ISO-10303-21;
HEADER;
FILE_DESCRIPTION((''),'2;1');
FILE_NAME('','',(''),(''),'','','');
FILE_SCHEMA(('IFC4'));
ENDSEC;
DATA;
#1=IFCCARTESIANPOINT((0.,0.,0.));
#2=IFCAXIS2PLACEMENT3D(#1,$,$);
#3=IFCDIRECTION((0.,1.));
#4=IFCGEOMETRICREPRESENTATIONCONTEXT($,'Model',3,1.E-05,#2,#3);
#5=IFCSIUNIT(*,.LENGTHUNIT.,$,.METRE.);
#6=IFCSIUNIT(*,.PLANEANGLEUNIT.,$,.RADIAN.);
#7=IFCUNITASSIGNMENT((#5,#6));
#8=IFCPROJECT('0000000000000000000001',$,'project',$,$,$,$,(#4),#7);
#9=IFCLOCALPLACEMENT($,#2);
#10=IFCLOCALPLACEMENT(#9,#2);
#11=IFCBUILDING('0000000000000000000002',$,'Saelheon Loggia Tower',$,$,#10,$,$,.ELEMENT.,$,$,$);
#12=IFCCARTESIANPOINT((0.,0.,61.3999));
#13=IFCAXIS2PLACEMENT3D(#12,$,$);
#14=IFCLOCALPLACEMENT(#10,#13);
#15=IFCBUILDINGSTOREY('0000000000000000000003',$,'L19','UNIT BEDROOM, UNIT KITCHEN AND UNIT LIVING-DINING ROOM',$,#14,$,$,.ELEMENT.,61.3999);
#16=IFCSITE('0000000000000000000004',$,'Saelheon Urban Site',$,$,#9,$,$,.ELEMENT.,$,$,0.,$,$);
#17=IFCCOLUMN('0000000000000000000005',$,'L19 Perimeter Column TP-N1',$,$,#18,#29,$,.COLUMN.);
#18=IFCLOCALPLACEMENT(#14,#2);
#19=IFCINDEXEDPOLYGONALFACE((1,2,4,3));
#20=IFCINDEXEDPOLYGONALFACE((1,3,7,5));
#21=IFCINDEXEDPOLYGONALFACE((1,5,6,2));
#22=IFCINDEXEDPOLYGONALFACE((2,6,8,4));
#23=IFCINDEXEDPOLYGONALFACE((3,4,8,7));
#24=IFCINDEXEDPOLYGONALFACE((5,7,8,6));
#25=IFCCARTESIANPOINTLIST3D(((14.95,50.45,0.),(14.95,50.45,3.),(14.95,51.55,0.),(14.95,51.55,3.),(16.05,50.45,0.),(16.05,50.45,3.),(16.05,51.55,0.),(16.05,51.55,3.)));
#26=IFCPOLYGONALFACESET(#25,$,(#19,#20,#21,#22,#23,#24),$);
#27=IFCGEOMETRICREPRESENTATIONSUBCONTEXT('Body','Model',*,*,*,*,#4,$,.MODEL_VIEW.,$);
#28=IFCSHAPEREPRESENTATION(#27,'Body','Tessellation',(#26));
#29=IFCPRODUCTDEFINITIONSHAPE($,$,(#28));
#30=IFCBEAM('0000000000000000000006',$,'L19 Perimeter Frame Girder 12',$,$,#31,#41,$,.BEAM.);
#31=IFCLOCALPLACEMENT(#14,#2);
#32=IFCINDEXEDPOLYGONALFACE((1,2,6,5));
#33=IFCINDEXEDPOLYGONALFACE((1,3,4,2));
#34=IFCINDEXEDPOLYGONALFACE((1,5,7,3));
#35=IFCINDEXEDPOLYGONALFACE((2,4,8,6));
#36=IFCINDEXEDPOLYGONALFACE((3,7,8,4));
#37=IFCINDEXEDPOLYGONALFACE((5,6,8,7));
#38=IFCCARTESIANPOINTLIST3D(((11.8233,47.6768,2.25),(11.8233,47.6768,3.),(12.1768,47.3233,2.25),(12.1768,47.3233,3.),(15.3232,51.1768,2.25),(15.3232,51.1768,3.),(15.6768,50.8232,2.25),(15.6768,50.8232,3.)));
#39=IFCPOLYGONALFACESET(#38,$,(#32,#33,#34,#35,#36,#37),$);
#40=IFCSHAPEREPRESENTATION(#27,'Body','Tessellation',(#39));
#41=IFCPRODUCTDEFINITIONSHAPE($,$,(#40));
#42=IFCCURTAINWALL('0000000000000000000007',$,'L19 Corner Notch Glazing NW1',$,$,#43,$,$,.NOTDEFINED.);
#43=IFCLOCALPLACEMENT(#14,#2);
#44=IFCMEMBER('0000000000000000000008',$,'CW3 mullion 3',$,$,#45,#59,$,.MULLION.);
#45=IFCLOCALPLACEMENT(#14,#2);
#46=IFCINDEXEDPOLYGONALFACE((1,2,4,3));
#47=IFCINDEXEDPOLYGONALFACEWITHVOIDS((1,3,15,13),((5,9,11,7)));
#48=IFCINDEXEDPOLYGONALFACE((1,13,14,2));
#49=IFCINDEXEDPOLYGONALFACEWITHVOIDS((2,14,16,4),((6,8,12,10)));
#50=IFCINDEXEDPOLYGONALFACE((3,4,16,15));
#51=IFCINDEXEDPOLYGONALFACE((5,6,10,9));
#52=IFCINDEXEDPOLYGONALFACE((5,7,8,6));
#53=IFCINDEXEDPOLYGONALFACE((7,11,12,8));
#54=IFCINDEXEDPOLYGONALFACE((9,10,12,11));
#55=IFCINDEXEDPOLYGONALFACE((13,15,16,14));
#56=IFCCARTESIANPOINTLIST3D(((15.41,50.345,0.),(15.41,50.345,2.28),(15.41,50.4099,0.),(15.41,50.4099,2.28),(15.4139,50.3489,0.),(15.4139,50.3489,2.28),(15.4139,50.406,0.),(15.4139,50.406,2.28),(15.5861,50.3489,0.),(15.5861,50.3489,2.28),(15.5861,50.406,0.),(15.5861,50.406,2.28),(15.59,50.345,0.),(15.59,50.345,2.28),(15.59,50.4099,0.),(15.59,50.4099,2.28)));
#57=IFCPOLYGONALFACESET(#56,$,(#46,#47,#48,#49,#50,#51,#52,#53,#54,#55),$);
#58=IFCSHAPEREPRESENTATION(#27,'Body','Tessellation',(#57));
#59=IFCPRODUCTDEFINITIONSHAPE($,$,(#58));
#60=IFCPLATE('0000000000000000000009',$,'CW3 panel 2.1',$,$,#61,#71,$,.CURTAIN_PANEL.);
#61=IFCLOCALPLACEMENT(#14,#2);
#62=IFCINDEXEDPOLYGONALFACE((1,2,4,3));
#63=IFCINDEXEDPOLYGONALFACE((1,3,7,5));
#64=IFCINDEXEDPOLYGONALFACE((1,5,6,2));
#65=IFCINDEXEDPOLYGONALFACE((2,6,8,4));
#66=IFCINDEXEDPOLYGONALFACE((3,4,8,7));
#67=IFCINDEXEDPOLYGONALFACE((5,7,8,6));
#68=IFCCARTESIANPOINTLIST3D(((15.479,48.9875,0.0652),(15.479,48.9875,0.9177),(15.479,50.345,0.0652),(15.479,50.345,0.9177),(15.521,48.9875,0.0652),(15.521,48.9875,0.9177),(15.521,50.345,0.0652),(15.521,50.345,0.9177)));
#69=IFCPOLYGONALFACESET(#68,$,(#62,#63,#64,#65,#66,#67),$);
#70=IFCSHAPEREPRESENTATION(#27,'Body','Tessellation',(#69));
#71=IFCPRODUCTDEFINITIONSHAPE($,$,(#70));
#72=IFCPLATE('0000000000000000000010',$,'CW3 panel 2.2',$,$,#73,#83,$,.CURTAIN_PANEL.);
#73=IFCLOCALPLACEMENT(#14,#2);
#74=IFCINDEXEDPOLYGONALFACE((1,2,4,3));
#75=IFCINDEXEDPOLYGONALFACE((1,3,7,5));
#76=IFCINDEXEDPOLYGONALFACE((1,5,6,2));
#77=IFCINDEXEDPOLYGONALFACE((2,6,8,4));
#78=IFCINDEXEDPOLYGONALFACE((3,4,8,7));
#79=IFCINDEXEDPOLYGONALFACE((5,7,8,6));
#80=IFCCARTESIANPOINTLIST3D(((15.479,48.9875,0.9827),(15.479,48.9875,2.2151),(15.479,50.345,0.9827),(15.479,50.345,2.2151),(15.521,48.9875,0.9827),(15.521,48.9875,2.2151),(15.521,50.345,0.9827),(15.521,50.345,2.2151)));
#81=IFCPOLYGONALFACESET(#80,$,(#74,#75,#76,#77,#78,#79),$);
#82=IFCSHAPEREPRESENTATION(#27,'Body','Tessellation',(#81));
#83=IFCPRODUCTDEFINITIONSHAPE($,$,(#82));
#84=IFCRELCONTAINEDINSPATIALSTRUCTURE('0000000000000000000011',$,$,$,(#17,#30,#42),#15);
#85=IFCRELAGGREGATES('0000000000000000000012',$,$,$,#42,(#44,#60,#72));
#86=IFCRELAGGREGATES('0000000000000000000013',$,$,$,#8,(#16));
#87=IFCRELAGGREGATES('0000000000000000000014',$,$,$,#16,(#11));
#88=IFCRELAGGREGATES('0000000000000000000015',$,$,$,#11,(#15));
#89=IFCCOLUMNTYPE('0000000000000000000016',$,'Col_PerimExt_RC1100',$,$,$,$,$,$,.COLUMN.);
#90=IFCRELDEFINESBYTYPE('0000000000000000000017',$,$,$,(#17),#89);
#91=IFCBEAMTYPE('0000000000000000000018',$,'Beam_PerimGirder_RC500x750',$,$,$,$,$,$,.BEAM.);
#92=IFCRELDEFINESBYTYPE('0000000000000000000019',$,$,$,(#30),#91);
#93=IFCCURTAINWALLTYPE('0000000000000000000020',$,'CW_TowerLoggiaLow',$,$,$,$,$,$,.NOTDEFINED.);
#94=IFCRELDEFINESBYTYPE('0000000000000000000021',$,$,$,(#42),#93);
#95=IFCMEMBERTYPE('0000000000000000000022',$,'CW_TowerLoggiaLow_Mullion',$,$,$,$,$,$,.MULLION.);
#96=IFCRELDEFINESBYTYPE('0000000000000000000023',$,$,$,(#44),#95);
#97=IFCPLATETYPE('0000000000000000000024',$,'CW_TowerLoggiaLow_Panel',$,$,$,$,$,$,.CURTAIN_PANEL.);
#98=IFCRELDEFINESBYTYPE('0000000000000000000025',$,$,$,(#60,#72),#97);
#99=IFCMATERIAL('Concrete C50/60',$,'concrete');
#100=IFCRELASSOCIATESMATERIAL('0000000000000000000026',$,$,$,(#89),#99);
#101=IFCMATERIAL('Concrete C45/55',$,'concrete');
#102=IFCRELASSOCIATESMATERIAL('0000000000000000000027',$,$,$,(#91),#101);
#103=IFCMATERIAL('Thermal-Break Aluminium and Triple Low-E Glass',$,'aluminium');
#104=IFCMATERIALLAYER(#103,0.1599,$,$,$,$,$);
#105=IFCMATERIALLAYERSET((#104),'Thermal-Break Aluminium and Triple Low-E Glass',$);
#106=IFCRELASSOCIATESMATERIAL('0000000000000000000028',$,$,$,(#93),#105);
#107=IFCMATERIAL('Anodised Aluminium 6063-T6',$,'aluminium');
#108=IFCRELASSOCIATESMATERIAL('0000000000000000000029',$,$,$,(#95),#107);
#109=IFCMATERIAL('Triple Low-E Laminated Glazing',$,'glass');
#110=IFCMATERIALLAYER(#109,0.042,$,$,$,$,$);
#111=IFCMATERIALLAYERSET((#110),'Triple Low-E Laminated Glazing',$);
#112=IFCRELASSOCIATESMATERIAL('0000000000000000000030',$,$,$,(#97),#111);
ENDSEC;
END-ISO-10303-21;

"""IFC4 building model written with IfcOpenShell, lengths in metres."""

from ifc_helpers import new_model, si_unit, direction, frame, origin, origin_2d, place, context, subcontext, project, spatial, rectangle, hollow_rectangle, extrude, source, transform, mapped, material, layer, layer_set, material_profile, profile_set, type_object, element, aggregate, save


model = new_model("IFC4")

# Units and contexts
model_context = context("Model", 3, precision=1e-05, world=origin(), true_north=direction((0.0, 1.0)))
body_context = subcontext(model_context, "Body", "Model", "MODEL_VIEW")
ifc_project = project(units=[si_unit("LENGTHUNIT", "METRE"), si_unit("PLANEANGLEUNIT", "RADIAN")], contexts=[model_context])

# Site, building, storey
site_placement = place(None, origin())
site = spatial("IfcSite", under=ifc_project, at=site_placement, Name="Saelheon Urban Site", CompositionType="ELEMENT", RefElevation=0.0)
building_placement = place(site_placement, origin())
building = spatial("IfcBuilding", under=site, at=building_placement, Name="Saelheon Loggia Tower", CompositionType="ELEMENT")
storey_placement = place(building_placement, frame((0.0, 0.0, 61.3999)))
storey = spatial("IfcBuildingStorey", under=building, at=storey_placement, Name="L19", Description="UNIT BEDROOM, UNIT KITCHEN AND UNIT LIVING-DINING ROOM", CompositionType="ELEMENT", Elevation=61.3999)

# Column
ifc_material_1 = material(Name="Concrete C50/60", Category="concrete")
ifc_material_profile_1 = material_profile(ifc_material_1, rectangle(XDim=1.1001, YDim=1.1001, at=origin_2d()), Name="RC-1100x1100")
ifc_profile_set_1 = profile_set([ifc_material_profile_1], Name="Concrete C50/60")
column_type = type_object("IfcColumnType", Name="Col_PerimExt_RC1100", PredefinedType="COLUMN", material=ifc_profile_set_1)
shared_shape_1 = source(origin(), body_context, "Body", "SweptSolid", [
    extrude(rectangle(XDim=1.1001, YDim=1.1001, at=origin_2d()), origin(), (0.0, 0.0, 1.0), 3.0),
])
column_placement = place(storey_placement, frame((15.5, 51.0, 0.0), z_axis=(0.0, 0.0, 1.0), x_axis=(1.0, 0.0, 0.0)))
element("IfcColumn", 1, at=column_placement, inside=storey, type_object=column_type, Name="L19 Perimeter Column TP-N1", PredefinedType="COLUMN", context=body_context, shape_type="MappedRepresentation", body=[
    mapped(shared_shape_1, transform((0.0, 0.0, 0.0), scale=1.0)),
])

# Beam
ifc_material_2 = material(Name="Concrete C45/55", Category="concrete")
ifc_material_profile_2 = material_profile(ifc_material_2, rectangle(XDim=0.5, YDim=0.75, at=origin_2d()), Name="RC-500x750")
ifc_profile_set_2 = profile_set([ifc_material_profile_2], Name="Concrete C45/55")
beam_type = type_object("IfcBeamType", Name="Beam_PerimGirder_RC500x750", PredefinedType="BEAM", material=ifc_profile_set_2)
shared_shape_2 = source(origin(), body_context, "Body", "SweptSolid", [
    extrude(rectangle(XDim=0.5, YDim=0.75, at=origin_2d()), origin(), (0.0, 0.0, 1.0), 4.9497),
])
beam_placement = place(storey_placement, frame((15.5, 51.0, 2.625), z_axis=(-0.707107, -0.707107, 0.0), x_axis=(0.707107, -0.707107, 0.0)))
element("IfcBeam", 2, at=beam_placement, inside=storey, type_object=beam_type, Name="L19 Perimeter Frame Girder 12", PredefinedType="BEAM", context=body_context, shape_type="MappedRepresentation", body=[
    mapped(shared_shape_2, transform((0.0, 0.0, 0.0), scale=1.0)),
])

# Curtain wall, member, plates
ifc_material_3 = material(Name="Thermal-Break Aluminium and Triple Low-E Glass", Category="aluminium")
ifc_layer_1 = layer(ifc_material_3, 0.1599)
ifc_layer_set_1 = layer_set([ifc_layer_1], Name="Thermal-Break Aluminium and Triple Low-E Glass")
curtain_wall_type = type_object("IfcCurtainWallType", Name="CW_TowerLoggiaLow", PredefinedType="NOTDEFINED", material=ifc_layer_set_1)
curtain_wall_placement = place(storey_placement, origin())
curtain_wall = element("IfcCurtainWall", 3, at=curtain_wall_placement, inside=storey, type_object=curtain_wall_type, Name="L19 Corner Notch Glazing NW1", PredefinedType="NOTDEFINED")
ifc_material_4 = material(Name="Anodised Aluminium 6063-T6", Category="aluminium")
ifc_material_profile_3 = material_profile(ifc_material_4, hollow_rectangle(XDim=0.0649, YDim=0.1799, WallThickness=0.0039, at=origin_2d()), Name="RHS-180x65x4")
ifc_profile_set_3 = profile_set([ifc_material_profile_3], Name="Anodised Aluminium 6063-T6")
member_type = type_object("IfcMemberType", Name="CW_TowerLoggiaLow_Mullion", PredefinedType="MULLION", material=ifc_profile_set_3)
shared_shape_3 = source(origin(), body_context, "Body", "SweptSolid", [
    extrude(hollow_rectangle(XDim=0.0649, YDim=0.1799, WallThickness=0.0039, at=origin_2d()), origin(), (0.0, 0.0, 1.0), 2.28),
])
member_placement = place(storey_placement, frame((15.5, 50.3774, 0.0), z_axis=(0.0, 0.0, 1.0), x_axis=(0.0, 1.0, 0.0)))
member = element("IfcMember", 4, at=member_placement, type_object=member_type, Name="CW3 mullion 3", PredefinedType="MULLION", context=body_context, shape_type="MappedRepresentation", body=[
    mapped(shared_shape_3, transform((0.0, 0.0, 0.0), scale=1.0)),
])
ifc_material_5 = material(Name="Triple Low-E Laminated Glazing", Category="glass")
ifc_layer_2 = layer(ifc_material_5, 0.042)
ifc_layer_set_2 = layer_set([ifc_layer_2], Name="Triple Low-E Laminated Glazing")
plate_type = type_object("IfcPlateType", Name="CW_TowerLoggiaLow_Panel", PredefinedType="CURTAIN_PANEL", material=ifc_layer_set_2)
shared_shape_4 = source(origin(), body_context, "Body", "SweptSolid", [
    extrude(rectangle(XDim=1.3574, YDim=0.042, at=origin_2d()), origin(), (0.0, 0.0, 1.0), 0.8525),
])
plate_1_placement = place(storey_placement, frame((15.5, 49.6663, 0.0652), z_axis=(0.0, 0.0, 1.0), x_axis=(0.0, 1.0, 0.0)))
plate_1 = element("IfcPlate", 5, at=plate_1_placement, type_object=plate_type, Name="CW3 panel 2.1", PredefinedType="CURTAIN_PANEL", context=body_context, shape_type="MappedRepresentation", body=[
    mapped(shared_shape_4, transform((0.0, 0.0, 0.0), scale=1.0)),
])
shared_shape_5 = source(origin(), body_context, "Body", "SweptSolid", [
    extrude(rectangle(XDim=1.3574, YDim=0.042, at=origin_2d()), origin(), (0.0, 0.0, 1.0), 1.2324),
])
plate_2_placement = place(storey_placement, frame((15.5, 49.6663, 0.9827), z_axis=(0.0, 0.0, 1.0), x_axis=(0.0, 1.0, 0.0)))
plate_2 = element("IfcPlate", 6, at=plate_2_placement, type_object=plate_type, Name="CW3 panel 2.2", PredefinedType="CURTAIN_PANEL", context=body_context, shape_type="MappedRepresentation", body=[
    mapped(shared_shape_5, transform((0.0, 0.0, 0.0), scale=1.0)),
])
aggregate(curtain_wall, [member, plate_1, plate_2])

save(model, "model.ifc")
